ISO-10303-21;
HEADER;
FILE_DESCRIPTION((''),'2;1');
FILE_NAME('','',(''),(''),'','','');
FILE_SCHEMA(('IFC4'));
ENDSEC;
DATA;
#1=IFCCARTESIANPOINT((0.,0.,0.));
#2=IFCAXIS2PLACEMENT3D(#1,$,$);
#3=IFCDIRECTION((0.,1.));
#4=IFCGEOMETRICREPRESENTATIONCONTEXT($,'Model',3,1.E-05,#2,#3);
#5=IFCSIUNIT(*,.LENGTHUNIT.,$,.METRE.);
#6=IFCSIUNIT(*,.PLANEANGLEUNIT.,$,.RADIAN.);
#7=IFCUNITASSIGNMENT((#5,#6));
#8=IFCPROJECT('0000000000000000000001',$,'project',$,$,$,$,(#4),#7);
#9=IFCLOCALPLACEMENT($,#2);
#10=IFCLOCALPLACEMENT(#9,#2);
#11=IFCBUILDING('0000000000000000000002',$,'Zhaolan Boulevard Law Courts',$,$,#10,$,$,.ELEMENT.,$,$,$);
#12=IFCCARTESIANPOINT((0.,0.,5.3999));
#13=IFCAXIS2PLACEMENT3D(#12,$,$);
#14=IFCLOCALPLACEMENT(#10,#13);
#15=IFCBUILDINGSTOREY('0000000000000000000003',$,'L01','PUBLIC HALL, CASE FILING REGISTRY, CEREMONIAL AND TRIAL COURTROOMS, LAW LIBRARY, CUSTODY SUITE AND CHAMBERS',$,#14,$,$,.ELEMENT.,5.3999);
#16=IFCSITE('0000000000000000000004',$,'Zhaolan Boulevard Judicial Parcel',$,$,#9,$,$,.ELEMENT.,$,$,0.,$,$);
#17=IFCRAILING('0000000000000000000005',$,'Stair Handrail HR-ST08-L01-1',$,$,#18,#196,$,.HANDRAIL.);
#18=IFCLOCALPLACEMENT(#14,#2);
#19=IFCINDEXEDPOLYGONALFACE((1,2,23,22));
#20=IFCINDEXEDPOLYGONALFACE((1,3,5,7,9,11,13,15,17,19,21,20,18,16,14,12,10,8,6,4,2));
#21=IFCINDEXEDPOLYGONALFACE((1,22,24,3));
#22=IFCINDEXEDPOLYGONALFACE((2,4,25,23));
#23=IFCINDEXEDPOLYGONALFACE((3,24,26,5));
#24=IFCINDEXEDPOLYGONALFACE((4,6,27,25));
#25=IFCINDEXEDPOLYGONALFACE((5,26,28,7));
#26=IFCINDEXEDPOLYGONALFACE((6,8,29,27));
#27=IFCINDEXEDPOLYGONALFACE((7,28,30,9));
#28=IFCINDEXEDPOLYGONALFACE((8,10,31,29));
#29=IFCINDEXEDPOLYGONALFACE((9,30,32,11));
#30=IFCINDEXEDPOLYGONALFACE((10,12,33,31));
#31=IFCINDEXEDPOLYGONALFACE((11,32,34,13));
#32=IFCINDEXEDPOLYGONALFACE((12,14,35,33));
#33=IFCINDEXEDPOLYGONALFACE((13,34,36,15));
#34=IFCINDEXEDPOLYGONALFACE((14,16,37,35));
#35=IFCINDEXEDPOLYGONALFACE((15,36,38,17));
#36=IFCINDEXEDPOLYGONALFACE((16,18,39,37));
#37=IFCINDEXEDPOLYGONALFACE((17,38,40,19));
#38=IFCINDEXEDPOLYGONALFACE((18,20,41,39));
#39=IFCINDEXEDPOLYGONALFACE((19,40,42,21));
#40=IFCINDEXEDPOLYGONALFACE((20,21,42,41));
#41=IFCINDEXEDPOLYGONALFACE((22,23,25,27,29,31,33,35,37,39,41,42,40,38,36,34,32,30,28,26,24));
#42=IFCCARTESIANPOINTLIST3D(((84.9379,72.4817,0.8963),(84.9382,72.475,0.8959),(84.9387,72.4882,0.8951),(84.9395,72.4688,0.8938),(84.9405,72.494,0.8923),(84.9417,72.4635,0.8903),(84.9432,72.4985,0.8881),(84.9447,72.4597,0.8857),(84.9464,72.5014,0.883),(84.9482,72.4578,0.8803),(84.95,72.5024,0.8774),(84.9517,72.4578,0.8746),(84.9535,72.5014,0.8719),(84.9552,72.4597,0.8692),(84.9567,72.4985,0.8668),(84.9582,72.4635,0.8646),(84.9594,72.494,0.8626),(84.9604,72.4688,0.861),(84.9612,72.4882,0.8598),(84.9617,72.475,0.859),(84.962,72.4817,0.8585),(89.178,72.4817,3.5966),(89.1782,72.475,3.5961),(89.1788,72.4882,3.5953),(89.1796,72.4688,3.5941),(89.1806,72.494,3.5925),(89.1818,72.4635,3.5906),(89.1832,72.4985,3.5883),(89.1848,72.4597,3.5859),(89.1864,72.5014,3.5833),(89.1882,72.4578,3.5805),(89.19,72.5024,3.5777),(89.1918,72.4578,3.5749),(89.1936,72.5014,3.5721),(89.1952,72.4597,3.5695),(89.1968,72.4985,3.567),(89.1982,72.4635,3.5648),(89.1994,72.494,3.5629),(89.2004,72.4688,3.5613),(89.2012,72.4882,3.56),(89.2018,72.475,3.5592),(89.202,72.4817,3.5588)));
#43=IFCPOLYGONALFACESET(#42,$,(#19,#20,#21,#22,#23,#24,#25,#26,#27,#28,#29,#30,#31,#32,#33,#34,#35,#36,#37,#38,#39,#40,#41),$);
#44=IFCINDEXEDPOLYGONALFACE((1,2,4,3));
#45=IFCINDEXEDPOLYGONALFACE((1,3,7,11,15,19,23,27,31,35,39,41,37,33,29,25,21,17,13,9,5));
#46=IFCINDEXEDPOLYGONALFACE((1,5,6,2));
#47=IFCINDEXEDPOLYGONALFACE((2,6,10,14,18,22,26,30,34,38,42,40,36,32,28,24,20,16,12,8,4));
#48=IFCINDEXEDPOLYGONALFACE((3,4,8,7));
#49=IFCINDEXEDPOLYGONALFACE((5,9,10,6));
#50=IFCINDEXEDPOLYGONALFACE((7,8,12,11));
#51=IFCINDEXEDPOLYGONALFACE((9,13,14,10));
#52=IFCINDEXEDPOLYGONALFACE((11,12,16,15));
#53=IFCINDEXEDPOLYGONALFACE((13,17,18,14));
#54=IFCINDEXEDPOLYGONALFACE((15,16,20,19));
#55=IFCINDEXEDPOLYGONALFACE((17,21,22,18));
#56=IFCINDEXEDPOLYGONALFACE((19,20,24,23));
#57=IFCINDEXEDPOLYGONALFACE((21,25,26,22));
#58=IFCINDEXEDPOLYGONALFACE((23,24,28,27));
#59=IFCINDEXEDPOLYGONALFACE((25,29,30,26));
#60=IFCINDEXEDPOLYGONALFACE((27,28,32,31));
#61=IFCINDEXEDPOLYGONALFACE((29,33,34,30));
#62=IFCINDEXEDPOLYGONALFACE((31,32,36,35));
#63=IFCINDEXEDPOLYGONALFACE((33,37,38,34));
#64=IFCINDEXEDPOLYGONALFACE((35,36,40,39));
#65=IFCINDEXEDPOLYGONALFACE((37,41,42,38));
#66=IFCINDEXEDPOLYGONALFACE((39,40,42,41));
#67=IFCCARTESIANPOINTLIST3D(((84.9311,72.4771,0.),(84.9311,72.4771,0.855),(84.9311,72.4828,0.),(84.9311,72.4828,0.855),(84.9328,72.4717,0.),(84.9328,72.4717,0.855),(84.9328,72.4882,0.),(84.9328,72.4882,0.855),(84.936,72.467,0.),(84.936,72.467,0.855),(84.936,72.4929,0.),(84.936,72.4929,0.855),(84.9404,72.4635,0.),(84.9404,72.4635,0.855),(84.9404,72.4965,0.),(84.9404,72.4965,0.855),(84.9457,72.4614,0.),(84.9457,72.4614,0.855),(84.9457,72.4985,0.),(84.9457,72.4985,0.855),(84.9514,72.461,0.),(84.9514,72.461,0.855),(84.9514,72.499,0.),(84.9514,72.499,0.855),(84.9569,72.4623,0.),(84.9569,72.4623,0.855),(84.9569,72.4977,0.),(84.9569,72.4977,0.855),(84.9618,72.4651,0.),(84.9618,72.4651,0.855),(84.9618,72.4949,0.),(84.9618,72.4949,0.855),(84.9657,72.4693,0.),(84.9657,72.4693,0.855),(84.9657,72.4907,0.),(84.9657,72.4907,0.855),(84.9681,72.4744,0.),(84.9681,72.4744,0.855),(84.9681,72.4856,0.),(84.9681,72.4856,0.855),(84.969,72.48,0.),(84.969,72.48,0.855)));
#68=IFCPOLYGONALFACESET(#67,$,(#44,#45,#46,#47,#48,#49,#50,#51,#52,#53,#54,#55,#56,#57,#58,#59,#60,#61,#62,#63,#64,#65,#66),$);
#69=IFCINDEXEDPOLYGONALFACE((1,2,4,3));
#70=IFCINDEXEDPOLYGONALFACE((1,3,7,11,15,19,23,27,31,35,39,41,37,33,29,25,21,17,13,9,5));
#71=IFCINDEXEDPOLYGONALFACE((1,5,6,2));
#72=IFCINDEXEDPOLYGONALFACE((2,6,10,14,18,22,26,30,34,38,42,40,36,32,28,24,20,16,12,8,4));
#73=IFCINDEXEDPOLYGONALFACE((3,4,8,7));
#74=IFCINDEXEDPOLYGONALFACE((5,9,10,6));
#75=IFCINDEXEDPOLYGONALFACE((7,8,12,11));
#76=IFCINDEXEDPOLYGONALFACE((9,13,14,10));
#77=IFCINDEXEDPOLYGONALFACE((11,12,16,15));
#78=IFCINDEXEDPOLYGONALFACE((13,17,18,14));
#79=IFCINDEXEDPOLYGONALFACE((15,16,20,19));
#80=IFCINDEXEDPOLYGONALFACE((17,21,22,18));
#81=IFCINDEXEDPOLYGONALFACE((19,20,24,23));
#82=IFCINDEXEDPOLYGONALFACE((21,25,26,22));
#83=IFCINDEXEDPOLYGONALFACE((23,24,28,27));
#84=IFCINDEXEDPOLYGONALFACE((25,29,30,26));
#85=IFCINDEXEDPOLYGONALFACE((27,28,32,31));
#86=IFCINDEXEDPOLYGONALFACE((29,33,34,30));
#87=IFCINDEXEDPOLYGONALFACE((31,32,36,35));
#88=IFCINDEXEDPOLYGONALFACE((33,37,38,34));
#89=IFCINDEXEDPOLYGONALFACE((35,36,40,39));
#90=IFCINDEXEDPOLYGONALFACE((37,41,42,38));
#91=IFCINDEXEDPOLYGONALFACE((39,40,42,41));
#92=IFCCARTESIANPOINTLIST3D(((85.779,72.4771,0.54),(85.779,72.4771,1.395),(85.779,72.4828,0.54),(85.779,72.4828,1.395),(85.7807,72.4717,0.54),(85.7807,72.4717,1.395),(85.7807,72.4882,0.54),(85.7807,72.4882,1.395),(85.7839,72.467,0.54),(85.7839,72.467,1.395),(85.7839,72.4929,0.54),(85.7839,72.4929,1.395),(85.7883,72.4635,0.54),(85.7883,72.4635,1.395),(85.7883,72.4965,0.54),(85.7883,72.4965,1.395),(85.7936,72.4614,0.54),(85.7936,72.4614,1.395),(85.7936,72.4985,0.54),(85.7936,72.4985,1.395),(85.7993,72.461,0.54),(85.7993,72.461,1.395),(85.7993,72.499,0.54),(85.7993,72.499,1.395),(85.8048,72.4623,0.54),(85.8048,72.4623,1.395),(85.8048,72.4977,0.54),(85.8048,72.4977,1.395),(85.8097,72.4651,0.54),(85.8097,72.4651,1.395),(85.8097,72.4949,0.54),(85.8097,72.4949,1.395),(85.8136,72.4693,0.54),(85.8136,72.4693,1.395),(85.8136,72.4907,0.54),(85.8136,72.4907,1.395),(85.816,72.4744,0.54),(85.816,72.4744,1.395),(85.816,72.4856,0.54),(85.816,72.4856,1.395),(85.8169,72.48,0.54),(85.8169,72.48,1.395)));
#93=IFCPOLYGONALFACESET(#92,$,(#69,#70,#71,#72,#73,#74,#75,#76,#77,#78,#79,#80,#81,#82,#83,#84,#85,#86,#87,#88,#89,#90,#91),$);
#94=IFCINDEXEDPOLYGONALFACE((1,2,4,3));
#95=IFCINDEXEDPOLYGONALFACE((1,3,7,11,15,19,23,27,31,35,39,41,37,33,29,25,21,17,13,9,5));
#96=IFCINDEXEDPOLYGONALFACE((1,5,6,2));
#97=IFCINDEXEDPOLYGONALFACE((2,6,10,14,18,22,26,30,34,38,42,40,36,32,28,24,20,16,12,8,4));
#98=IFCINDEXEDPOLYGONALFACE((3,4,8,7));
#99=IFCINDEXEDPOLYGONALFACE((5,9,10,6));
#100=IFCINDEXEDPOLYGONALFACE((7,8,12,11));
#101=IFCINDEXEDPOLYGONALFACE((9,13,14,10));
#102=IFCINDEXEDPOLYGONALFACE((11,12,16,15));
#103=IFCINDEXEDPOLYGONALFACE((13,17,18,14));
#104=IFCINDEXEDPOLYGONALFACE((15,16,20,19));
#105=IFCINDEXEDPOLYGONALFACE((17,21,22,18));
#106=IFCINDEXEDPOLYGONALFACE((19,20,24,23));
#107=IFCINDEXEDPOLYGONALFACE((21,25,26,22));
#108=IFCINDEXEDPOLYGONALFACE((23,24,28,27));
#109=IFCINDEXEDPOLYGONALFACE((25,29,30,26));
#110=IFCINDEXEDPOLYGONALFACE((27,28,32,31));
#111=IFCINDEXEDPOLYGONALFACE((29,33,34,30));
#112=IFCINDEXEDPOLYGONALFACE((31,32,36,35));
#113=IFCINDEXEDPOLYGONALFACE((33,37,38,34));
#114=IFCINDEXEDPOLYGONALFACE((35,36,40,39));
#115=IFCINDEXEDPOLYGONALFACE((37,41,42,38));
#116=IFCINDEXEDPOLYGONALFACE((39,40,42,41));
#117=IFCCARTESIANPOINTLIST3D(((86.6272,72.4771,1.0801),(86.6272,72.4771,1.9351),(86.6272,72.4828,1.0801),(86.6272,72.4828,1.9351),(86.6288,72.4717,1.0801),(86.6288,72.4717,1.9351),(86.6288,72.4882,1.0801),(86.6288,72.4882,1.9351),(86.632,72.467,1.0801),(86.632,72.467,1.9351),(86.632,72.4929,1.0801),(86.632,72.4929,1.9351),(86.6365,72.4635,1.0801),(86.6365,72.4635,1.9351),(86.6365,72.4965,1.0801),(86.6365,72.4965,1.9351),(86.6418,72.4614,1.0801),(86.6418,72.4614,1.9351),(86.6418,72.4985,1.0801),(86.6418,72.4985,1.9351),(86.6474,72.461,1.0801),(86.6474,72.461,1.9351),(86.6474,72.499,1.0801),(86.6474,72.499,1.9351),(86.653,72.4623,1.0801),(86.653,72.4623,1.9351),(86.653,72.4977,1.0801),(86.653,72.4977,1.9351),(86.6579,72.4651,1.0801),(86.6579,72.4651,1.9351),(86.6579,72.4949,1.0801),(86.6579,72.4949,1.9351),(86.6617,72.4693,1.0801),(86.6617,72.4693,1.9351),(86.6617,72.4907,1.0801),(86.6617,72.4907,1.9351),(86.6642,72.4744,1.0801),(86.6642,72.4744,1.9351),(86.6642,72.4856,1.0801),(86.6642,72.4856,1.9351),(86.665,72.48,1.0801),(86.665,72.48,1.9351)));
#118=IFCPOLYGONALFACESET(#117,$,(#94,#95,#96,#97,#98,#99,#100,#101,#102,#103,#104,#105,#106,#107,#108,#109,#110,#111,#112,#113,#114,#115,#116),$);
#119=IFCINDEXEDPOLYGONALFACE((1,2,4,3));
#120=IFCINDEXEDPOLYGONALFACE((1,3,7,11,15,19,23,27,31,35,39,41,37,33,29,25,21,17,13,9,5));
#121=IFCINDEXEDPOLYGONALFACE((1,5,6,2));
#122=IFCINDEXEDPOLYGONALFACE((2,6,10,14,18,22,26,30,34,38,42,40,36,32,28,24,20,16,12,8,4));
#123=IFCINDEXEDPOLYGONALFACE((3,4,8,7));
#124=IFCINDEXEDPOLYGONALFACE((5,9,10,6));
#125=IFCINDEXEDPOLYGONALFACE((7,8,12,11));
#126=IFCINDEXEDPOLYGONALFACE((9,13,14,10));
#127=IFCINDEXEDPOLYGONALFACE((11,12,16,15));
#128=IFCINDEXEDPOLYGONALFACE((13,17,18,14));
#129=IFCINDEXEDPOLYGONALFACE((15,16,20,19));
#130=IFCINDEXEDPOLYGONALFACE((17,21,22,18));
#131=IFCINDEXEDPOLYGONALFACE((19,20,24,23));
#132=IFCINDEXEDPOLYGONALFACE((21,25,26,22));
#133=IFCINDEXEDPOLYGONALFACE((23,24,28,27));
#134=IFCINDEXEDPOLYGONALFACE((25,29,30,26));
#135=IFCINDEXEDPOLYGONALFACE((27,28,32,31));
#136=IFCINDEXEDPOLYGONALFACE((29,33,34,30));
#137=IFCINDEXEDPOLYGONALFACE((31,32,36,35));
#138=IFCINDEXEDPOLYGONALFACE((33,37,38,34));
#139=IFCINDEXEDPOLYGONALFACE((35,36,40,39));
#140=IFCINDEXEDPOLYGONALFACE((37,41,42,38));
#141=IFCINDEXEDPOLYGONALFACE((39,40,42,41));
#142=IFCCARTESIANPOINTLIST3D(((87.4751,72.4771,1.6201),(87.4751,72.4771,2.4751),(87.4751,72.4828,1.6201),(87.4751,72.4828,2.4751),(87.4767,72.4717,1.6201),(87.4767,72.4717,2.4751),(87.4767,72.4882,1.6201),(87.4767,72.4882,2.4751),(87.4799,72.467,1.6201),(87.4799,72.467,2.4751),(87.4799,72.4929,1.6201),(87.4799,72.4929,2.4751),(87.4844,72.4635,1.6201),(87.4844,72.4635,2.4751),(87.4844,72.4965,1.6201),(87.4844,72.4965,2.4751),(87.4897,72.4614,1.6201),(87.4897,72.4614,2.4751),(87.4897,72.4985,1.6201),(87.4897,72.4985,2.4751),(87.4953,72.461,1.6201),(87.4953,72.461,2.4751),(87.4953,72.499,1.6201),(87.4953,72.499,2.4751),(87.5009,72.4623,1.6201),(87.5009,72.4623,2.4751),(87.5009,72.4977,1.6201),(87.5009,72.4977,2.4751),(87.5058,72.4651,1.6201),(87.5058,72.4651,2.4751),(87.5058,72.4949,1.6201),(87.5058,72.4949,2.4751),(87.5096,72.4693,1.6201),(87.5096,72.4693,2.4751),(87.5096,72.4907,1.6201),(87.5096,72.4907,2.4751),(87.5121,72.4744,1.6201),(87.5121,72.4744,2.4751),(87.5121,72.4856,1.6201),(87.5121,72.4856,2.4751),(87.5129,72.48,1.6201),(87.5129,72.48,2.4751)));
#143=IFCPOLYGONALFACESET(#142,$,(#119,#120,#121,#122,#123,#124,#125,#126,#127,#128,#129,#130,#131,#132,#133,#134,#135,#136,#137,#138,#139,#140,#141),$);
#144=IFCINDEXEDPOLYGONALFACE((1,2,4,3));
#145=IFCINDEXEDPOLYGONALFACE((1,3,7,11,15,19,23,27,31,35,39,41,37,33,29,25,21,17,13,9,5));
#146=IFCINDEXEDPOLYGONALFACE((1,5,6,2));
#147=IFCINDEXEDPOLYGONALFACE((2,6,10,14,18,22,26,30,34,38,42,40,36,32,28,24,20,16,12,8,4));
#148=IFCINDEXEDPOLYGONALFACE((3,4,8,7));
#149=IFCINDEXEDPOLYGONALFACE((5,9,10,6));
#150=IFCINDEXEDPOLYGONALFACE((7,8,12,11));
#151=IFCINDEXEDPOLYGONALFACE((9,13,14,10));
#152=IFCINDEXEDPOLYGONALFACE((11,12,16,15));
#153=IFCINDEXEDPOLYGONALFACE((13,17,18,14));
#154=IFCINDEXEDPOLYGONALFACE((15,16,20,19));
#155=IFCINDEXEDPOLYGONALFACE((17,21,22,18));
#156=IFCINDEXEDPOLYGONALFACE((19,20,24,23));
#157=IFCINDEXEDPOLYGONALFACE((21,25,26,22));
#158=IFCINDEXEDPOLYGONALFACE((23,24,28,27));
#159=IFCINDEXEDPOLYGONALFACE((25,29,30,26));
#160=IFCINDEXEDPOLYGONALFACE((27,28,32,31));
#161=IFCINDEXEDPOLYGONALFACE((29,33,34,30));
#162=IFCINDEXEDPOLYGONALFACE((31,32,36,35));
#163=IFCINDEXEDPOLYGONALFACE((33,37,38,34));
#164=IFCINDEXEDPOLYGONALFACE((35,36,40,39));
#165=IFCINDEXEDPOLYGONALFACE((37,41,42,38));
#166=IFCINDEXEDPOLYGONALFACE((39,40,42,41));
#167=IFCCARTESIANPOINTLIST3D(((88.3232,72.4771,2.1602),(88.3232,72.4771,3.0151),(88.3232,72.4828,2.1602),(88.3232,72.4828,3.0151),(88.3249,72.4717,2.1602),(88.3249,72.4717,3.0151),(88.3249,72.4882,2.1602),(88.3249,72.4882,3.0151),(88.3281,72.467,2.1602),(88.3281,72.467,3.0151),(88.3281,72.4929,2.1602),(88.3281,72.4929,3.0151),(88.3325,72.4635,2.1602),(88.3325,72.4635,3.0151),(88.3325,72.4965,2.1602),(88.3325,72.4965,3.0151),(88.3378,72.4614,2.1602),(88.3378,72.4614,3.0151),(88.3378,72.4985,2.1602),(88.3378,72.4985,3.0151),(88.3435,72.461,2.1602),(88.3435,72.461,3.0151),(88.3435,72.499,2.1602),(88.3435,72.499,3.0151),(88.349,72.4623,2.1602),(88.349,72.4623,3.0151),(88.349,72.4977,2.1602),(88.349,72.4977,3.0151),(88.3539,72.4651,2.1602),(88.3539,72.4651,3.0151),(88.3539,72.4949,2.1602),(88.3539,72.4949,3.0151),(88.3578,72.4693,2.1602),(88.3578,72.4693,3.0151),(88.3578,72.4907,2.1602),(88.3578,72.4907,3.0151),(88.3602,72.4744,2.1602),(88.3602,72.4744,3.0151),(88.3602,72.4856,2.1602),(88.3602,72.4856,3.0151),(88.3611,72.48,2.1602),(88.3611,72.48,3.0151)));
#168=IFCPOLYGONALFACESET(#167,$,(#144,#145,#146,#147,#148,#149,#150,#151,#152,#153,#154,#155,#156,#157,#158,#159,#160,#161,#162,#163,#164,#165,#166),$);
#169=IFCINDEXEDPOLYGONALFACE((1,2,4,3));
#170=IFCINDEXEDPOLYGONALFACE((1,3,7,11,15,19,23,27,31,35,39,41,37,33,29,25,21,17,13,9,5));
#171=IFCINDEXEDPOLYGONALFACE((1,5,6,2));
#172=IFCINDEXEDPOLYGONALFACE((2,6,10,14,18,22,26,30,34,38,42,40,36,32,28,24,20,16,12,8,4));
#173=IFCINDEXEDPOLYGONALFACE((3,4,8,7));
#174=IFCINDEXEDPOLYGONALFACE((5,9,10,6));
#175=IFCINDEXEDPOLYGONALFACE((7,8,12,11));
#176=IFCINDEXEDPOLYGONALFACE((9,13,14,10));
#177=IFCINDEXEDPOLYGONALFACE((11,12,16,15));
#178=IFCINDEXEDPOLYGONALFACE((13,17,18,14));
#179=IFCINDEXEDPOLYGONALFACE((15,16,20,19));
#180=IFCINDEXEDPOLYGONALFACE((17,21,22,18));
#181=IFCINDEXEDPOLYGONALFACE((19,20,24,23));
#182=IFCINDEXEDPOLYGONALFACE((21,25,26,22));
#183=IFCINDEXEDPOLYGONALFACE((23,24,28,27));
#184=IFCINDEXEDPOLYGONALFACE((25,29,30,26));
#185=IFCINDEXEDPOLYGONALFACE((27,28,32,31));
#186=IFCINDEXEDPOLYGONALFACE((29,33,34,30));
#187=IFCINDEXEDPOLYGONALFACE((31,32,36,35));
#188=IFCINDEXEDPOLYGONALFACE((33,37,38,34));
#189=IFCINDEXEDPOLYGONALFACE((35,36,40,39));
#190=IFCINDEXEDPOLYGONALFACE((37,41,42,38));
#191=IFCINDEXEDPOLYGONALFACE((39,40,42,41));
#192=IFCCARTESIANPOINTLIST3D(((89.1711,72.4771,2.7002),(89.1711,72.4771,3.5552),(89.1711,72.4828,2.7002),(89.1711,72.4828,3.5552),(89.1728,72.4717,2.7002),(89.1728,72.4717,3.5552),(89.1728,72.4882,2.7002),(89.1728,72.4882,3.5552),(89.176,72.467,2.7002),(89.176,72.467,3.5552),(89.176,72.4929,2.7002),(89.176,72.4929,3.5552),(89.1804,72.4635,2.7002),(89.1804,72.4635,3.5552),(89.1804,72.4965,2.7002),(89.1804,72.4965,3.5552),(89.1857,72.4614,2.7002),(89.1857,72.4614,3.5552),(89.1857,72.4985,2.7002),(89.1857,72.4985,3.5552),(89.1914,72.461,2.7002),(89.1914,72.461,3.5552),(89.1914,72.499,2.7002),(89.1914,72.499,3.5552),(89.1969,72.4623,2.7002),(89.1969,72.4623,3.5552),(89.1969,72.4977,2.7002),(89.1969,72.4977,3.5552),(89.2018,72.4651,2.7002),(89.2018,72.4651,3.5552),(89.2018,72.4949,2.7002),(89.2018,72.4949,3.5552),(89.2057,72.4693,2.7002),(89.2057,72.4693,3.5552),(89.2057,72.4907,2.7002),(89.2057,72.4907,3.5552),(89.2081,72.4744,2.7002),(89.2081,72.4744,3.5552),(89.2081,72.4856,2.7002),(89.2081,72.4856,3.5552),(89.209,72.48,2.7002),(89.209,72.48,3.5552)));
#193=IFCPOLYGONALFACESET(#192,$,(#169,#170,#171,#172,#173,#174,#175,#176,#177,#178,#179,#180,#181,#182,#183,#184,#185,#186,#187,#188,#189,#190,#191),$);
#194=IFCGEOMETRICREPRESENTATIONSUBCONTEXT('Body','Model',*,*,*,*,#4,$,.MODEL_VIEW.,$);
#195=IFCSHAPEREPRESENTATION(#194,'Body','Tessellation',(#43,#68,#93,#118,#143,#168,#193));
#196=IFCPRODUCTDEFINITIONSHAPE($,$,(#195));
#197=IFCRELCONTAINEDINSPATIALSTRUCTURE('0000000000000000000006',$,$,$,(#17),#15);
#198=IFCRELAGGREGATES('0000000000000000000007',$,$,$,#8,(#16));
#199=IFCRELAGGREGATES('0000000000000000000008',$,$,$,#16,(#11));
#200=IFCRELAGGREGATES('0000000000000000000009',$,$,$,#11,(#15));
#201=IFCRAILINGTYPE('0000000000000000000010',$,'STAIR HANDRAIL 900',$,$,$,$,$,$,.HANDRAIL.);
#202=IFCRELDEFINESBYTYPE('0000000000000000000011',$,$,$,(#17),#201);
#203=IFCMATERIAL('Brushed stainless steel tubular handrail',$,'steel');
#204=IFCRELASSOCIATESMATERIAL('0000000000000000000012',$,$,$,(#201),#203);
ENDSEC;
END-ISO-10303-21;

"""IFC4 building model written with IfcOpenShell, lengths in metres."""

from ifc_helpers import new_model, si_unit, direction, frame, origin, origin_2d, place, context, subcontext, project, spatial, circle, extrude, material, type_object, element, save


model = new_model("IFC4")

# Units and contexts
model_context = context("Model", 3, precision=1e-05, world=origin(), true_north=direction((0.0, 1.0)))
body_context = subcontext(model_context, "Body", "Model", "MODEL_VIEW")
ifc_project = project(units=[si_unit("LENGTHUNIT", "METRE"), si_unit("PLANEANGLEUNIT", "RADIAN")], contexts=[model_context])

# Site, building, storey
site_placement = place(None, origin())
site = spatial("IfcSite", under=ifc_project, at=site_placement, Name="Zhaolan Boulevard Judicial Parcel", CompositionType="ELEMENT", RefElevation=0.0)
building_placement = place(site_placement, origin())
building = spatial("IfcBuilding", under=site, at=building_placement, Name="Zhaolan Boulevard Law Courts", CompositionType="ELEMENT")
storey_placement = place(building_placement, frame((0.0, 0.0, 5.3999)))
storey = spatial("IfcBuildingStorey", under=building, at=storey_placement, Name="L01", Description="PUBLIC HALL, CASE FILING REGISTRY, CEREMONIAL AND TRIAL COURTROOMS, LAW LIBRARY, CUSTODY SUITE AND CHAMBERS", CompositionType="ELEMENT", Elevation=5.3999)

# Railing
ifc_material_1 = material(Name="Brushed stainless steel tubular handrail", Category="steel")
railing_type_1 = type_object("IfcRailingType", Name="STAIR HANDRAIL 900", PredefinedType="HANDRAIL", material=ifc_material_1)
railing_1_placement = place(storey_placement, frame((84.95, 72.48, 0.0)))
element("IfcRailing", 1, at=railing_1_placement, inside=storey, type_object=railing_type_1, Name="Stair Handrail HR-ST08-L01-1", PredefinedType="HANDRAIL", context=body_context, shape_type="SweptSolid", body=[
    extrude(circle(Radius=0.0225, at=origin_2d()), frame((0.0, 0.0, 0.8774), z_axis=(0.843479, 0.0, 0.537161), x_axis=(0.0, 1.0, 0.0)), (0.0, 0.0, 1.0), 5.0269),
    extrude(circle(Radius=0.019, at=origin_2d()), origin(), (0.0, 0.0, 1.0), 0.855),
    extrude(circle(Radius=0.019, at=origin_2d()), frame((0.8479, 0.0, 0.54)), (0.0, 0.0, 1.0), 0.855),
    extrude(circle(Radius=0.019, at=origin_2d()), frame((1.696, 0.0, 1.0801)), (0.0, 0.0, 1.0), 0.855),
    extrude(circle(Radius=0.019, at=origin_2d()), frame((2.5439, 0.0, 1.6201)), (0.0, 0.0, 1.0), 0.855),
    extrude(circle(Radius=0.019, at=origin_2d()), frame((3.3921, 0.0, 2.1602)), (0.0, 0.0, 1.0), 0.855),
    extrude(circle(Radius=0.019, at=origin_2d()), frame((4.24, 0.0, 2.7002)), (0.0, 0.0, 1.0), 0.855),
])

save(model, "model.ifc")
